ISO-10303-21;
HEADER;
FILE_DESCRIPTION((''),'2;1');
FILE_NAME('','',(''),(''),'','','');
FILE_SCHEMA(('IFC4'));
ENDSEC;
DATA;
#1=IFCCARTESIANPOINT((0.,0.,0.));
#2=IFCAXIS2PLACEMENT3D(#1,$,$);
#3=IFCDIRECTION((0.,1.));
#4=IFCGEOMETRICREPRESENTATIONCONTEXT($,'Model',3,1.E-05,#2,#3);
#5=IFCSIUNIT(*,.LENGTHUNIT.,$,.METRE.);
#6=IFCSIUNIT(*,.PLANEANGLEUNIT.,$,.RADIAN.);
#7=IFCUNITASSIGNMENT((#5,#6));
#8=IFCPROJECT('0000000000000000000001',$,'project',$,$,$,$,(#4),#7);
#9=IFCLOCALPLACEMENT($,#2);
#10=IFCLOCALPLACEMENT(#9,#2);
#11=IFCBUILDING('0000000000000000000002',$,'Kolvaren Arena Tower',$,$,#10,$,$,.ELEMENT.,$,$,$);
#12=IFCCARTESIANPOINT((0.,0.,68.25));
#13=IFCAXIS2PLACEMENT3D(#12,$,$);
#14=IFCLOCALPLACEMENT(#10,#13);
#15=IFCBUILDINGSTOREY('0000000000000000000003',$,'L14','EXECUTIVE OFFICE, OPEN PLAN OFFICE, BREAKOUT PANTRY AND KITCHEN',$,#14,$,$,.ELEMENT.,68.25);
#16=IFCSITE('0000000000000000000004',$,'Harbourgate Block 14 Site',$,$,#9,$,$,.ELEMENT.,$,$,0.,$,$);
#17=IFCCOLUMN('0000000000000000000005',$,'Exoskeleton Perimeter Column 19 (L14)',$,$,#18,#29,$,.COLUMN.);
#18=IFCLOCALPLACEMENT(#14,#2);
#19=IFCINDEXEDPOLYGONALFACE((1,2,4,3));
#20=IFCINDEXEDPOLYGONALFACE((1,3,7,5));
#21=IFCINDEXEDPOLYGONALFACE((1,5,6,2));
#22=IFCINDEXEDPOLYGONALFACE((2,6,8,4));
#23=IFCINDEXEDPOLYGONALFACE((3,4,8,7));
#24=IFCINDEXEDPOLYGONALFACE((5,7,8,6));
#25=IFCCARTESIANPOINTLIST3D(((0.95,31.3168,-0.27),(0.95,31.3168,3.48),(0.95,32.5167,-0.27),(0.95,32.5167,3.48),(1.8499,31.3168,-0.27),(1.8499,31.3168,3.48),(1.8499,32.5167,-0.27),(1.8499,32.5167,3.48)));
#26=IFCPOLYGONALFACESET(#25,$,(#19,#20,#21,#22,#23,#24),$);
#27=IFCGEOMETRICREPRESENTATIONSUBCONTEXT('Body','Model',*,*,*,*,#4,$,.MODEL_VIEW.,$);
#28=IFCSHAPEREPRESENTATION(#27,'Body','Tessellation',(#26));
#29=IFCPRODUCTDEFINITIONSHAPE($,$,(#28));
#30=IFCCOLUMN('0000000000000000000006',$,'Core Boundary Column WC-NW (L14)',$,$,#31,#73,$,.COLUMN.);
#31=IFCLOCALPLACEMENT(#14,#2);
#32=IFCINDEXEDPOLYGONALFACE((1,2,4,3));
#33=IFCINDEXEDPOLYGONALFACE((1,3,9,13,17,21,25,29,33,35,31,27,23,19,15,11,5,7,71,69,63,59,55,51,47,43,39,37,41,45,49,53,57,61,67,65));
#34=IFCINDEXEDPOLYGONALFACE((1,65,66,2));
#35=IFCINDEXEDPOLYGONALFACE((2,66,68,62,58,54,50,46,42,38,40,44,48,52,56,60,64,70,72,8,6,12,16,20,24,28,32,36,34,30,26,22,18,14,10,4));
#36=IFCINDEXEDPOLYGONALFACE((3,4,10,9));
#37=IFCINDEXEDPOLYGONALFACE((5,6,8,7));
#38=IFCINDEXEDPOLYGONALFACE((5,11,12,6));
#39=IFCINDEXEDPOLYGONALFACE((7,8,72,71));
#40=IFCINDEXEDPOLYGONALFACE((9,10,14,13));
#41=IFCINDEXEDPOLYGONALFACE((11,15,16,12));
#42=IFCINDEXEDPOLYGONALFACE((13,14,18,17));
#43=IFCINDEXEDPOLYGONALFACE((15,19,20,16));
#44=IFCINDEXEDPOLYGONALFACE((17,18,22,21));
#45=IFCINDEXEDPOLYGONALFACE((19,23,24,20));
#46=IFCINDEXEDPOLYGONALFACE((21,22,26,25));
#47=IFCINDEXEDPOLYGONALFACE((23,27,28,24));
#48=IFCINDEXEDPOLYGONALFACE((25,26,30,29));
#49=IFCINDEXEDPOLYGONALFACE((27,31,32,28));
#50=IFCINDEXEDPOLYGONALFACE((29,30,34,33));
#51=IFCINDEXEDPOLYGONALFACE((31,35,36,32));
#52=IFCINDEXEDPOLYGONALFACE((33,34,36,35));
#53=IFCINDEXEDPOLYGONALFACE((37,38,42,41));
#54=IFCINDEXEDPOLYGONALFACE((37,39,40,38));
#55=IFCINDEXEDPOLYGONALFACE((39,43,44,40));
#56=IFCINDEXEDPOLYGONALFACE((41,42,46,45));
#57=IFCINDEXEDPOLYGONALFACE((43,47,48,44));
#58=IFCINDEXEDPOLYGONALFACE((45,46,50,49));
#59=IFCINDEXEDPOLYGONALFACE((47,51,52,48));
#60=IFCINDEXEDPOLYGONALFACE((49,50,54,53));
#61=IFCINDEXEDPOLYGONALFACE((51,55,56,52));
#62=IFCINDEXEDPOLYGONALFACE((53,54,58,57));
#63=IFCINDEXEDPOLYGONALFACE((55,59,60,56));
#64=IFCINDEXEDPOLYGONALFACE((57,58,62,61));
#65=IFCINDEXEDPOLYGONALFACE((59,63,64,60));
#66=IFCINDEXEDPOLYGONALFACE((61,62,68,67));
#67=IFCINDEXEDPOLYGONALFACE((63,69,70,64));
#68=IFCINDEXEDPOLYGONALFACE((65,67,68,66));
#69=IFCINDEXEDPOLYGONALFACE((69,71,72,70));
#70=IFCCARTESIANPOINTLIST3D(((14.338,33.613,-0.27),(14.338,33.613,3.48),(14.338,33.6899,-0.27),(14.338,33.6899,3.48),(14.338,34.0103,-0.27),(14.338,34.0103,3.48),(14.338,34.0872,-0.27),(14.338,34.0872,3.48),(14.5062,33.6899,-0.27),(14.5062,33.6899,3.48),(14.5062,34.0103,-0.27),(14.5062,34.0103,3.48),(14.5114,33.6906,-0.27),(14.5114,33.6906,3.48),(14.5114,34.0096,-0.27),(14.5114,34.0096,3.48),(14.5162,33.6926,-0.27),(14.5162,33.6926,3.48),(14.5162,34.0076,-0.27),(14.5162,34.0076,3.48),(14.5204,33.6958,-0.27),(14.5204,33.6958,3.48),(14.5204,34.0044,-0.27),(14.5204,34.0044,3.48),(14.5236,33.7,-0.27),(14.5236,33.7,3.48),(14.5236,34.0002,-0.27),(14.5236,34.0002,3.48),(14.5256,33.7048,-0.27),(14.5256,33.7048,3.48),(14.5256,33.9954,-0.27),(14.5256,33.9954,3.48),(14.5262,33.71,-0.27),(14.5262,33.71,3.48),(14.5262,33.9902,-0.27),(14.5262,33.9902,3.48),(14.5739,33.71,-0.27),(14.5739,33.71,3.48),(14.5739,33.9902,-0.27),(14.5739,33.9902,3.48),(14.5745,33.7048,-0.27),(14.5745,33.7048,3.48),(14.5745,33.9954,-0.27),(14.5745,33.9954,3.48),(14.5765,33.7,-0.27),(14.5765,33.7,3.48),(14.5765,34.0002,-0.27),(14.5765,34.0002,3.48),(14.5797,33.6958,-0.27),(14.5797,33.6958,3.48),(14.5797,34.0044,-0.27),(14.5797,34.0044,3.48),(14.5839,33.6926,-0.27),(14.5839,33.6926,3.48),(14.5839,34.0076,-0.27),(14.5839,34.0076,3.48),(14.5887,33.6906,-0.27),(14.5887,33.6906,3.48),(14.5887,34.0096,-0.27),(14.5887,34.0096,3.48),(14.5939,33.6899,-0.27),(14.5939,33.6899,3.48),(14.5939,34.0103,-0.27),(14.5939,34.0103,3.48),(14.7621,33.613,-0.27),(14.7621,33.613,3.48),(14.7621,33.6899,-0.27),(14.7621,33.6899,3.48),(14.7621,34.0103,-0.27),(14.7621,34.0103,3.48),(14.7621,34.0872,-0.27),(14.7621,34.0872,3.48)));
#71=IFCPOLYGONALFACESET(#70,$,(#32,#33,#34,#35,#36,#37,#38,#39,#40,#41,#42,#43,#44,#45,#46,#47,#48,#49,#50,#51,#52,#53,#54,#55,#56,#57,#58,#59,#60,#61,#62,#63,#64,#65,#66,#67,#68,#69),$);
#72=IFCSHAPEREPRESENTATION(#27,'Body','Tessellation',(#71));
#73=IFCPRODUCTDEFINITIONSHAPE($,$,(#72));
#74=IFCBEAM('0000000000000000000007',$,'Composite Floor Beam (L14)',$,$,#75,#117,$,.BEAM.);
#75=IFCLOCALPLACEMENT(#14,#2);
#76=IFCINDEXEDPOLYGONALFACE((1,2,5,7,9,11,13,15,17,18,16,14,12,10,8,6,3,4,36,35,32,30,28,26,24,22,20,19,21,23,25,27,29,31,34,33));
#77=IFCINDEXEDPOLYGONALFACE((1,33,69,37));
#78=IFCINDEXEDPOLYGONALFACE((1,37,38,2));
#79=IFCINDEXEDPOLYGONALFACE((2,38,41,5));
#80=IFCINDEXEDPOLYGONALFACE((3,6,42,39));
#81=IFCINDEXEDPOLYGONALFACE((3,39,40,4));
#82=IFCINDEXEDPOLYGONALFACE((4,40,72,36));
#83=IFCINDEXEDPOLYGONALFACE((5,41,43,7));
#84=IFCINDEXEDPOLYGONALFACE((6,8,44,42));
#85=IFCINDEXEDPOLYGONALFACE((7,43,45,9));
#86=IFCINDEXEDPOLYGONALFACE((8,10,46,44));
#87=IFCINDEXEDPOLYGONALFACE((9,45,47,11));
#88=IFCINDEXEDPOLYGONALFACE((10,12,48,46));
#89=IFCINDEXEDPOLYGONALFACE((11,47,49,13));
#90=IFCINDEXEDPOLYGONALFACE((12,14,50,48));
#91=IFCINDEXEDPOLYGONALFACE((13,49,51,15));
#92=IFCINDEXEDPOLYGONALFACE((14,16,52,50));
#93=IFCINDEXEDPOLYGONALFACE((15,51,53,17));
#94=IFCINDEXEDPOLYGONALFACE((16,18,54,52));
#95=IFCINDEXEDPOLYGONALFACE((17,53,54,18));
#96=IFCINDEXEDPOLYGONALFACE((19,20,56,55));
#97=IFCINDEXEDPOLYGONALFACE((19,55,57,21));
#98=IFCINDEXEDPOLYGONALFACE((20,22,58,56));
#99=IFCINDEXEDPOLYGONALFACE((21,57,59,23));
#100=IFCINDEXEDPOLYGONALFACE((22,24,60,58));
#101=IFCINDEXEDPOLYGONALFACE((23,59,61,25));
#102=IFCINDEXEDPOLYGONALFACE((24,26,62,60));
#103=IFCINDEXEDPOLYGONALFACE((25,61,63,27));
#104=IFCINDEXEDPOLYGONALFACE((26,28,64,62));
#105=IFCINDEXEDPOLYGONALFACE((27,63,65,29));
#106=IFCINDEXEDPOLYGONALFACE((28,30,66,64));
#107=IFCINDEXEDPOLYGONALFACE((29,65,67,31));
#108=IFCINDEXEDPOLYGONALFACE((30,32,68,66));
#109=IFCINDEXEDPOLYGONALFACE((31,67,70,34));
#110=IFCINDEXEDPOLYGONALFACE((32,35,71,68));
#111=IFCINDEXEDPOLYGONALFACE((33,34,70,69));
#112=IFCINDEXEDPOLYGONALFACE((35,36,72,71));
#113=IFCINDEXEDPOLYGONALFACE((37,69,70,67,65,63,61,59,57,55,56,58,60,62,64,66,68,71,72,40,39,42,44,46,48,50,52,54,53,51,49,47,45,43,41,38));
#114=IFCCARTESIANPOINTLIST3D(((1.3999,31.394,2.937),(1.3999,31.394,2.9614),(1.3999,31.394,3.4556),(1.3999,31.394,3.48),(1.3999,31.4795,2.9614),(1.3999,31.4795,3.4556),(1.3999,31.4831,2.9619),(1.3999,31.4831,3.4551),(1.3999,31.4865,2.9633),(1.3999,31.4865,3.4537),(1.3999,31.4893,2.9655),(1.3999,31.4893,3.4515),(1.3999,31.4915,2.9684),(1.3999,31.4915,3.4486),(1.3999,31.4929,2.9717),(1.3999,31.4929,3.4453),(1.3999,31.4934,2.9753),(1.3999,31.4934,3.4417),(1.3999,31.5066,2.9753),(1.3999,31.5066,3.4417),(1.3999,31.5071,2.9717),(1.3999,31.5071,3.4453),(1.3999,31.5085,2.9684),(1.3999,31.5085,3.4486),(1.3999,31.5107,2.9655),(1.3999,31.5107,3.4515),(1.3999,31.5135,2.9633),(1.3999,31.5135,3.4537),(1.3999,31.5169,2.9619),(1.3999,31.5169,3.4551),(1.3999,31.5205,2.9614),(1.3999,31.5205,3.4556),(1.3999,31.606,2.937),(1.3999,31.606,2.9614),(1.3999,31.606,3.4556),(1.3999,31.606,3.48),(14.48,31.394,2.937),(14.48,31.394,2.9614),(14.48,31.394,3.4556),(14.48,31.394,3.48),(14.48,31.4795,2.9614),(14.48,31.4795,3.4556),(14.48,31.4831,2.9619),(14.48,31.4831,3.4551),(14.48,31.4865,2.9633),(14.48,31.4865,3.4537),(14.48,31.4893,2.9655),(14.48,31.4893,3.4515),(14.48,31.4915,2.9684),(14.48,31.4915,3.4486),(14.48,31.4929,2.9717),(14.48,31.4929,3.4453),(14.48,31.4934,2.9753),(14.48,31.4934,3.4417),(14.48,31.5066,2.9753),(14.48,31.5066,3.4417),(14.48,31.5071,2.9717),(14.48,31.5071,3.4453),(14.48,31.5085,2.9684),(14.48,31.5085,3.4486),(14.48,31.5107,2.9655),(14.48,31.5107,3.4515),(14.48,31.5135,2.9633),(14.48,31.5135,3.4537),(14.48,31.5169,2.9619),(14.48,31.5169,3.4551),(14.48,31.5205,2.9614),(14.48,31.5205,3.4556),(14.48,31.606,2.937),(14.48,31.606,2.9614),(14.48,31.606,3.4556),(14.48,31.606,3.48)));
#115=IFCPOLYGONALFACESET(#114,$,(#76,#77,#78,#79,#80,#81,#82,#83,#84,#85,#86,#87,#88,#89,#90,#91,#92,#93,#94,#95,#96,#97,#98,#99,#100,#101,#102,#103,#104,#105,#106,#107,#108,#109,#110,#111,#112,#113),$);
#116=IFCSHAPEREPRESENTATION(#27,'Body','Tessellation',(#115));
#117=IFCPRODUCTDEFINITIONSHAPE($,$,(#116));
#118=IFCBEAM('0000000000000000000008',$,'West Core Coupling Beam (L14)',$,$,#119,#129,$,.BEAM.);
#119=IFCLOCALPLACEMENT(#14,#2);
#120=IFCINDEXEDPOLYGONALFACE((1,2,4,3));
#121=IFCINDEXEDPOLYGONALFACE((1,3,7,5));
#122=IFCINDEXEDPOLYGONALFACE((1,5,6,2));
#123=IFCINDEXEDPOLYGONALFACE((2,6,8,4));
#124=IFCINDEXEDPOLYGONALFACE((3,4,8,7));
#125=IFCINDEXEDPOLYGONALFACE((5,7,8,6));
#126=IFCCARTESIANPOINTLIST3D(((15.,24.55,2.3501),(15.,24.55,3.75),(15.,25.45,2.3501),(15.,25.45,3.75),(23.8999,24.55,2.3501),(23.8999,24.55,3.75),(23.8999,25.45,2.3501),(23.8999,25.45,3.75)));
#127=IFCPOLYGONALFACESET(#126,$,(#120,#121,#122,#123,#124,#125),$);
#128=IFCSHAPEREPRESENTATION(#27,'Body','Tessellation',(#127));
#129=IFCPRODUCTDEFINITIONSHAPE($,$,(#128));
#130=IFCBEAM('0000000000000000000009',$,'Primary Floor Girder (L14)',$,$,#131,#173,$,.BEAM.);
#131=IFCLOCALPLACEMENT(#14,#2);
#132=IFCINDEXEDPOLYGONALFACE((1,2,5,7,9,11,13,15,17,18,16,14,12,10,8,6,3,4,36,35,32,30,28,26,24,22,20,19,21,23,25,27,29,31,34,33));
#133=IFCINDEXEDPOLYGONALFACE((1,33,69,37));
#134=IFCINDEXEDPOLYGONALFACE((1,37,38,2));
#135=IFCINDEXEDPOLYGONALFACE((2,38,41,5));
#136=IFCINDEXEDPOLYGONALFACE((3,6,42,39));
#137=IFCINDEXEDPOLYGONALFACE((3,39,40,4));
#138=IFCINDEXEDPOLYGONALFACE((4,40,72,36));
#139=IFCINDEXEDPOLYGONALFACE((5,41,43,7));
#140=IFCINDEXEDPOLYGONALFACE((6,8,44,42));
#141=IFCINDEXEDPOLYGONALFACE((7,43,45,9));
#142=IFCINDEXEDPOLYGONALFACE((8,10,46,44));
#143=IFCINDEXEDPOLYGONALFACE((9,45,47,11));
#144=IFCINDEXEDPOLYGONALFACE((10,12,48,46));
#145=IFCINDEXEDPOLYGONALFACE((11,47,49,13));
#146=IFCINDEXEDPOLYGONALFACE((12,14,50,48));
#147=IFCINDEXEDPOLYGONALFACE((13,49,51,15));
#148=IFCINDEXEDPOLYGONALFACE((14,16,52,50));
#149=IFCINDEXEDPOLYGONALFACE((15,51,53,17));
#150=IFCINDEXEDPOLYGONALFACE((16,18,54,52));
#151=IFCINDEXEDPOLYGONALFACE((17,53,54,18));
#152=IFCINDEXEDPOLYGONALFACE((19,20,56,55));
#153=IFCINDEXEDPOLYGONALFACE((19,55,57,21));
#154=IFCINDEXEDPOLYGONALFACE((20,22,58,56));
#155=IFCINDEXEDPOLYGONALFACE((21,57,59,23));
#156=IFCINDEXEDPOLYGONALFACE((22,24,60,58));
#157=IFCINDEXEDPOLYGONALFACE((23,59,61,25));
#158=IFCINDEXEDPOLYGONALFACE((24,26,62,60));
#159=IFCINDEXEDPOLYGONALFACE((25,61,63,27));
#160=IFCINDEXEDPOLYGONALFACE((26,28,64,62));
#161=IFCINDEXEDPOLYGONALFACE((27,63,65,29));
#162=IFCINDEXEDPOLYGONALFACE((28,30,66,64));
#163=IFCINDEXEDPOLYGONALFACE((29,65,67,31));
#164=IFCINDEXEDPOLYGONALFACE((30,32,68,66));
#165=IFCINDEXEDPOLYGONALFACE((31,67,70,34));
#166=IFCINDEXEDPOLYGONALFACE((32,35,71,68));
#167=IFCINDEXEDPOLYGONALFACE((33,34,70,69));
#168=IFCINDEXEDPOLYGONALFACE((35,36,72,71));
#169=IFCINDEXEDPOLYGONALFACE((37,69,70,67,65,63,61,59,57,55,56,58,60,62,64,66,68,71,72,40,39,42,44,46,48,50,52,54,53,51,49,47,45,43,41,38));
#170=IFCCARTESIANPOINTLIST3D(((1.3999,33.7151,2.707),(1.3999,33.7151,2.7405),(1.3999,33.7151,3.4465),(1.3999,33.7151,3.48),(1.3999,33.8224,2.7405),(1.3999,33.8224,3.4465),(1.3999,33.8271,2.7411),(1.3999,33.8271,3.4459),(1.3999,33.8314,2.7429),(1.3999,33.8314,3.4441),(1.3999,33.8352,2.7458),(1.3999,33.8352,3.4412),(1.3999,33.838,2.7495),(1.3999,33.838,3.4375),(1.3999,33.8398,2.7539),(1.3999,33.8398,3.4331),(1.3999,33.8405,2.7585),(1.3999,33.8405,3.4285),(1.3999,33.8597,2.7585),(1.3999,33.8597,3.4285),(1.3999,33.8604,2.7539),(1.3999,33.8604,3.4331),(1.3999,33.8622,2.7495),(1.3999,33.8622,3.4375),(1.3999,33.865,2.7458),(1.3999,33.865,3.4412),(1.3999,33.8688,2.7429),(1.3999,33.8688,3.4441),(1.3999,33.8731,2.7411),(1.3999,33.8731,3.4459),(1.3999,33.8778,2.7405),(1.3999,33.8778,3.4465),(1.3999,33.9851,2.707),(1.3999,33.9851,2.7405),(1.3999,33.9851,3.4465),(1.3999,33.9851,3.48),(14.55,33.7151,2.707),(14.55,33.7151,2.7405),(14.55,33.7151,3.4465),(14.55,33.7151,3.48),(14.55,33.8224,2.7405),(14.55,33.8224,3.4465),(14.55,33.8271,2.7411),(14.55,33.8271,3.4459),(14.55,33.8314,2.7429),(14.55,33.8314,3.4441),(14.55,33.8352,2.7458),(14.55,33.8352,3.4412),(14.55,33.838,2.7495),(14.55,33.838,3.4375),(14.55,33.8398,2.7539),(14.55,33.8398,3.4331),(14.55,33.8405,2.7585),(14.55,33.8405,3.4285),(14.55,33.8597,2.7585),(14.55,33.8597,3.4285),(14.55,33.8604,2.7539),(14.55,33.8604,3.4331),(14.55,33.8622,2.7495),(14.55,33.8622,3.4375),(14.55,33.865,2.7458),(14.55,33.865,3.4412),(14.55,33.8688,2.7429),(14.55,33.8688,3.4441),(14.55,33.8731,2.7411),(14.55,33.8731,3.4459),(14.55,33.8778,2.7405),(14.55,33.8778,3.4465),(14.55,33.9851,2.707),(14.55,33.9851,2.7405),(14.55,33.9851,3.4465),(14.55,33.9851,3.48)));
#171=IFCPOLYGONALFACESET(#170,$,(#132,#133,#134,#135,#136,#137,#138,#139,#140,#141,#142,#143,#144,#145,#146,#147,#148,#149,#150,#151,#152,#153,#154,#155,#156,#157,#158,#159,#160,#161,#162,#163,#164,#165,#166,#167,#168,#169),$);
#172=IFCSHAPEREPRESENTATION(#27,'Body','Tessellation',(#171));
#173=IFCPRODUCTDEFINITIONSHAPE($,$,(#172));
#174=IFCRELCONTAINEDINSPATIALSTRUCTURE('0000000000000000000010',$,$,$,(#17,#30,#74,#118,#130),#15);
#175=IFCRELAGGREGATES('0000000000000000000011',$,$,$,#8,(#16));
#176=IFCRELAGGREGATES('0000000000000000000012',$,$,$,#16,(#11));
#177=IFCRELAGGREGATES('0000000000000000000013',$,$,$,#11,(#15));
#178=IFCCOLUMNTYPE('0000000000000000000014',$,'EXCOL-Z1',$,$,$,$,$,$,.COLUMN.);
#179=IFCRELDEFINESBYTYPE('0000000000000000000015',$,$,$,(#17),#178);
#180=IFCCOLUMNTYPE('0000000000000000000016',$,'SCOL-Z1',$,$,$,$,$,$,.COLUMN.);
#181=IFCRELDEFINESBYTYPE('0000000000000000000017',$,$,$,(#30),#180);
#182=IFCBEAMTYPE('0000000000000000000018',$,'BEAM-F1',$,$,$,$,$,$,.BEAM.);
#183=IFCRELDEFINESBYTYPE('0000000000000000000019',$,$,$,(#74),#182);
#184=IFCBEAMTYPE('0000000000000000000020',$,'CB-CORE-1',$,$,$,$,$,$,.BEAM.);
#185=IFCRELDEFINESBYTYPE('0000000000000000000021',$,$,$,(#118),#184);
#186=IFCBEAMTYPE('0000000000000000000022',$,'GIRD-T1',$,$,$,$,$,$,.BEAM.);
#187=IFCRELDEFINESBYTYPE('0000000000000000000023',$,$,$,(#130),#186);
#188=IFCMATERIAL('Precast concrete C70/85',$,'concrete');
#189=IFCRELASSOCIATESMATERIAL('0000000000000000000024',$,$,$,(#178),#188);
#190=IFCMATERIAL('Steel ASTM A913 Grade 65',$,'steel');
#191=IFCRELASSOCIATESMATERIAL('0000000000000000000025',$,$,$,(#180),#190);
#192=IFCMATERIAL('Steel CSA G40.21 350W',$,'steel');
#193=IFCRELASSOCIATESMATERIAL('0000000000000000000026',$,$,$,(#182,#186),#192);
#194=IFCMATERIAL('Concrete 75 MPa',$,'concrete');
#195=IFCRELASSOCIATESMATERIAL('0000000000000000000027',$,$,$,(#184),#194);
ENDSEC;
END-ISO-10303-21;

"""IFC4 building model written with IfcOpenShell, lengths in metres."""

from ifc_helpers import new_model, si_unit, direction, frame, origin, origin_2d, place, context, subcontext, project, spatial, rectangle, i_section, extrude, material, material_profile, profile_set, type_object, element, save


model = new_model("IFC4")

# Units and contexts
model_context = context("Model", 3, precision=1e-05, world=origin(), true_north=direction((0.0, 1.0)))
body_context = subcontext(model_context, "Body", "Model", "MODEL_VIEW")
ifc_project = project(units=[si_unit("LENGTHUNIT", "METRE"), si_unit("PLANEANGLEUNIT", "RADIAN")], contexts=[model_context])

# Site, building, storey
site_placement = place(None, origin())
site = spatial("IfcSite", under=ifc_project, at=site_placement, Name="Harbourgate Block 14 Site", CompositionType="ELEMENT", RefElevation=0.0)
building_placement = place(site_placement, origin())
building = spatial("IfcBuilding", under=site, at=building_placement, Name="Kolvaren Arena Tower", CompositionType="ELEMENT")
storey_placement = place(building_placement, frame((0.0, 0.0, 68.25)))
storey = spatial("IfcBuildingStorey", under=building, at=storey_placement, Name="L14", Description="EXECUTIVE OFFICE, OPEN PLAN OFFICE, BREAKOUT PANTRY AND KITCHEN", CompositionType="ELEMENT", Elevation=68.25)

# Columns
ifc_material_1 = material(Name="Precast concrete C70/85", Category="concrete")
ifc_material_profile_1 = material_profile(ifc_material_1, rectangle(XDim=1.2, YDim=0.8999, at=origin_2d()), Name="RC-1200x900")
ifc_profile_set_1 = profile_set([ifc_material_profile_1], Name="Precast concrete C70/85")
column_type_1 = type_object("IfcColumnType", Name="EXCOL-Z1", PredefinedType="COLUMN", material=ifc_profile_set_1)
column_1_placement = place(storey_placement, frame((1.3999, 31.9167, -0.27), z_axis=(0.0, 0.0, 1.0), x_axis=(0.0, 1.0, 0.0)))
element("IfcColumn", 1, at=column_1_placement, inside=storey, type_object=column_type_1, Name="Exoskeleton Perimeter Column 19 (L14)", PredefinedType="COLUMN", context=body_context, shape_type="SweptSolid", body=[
    extrude(rectangle(XDim=1.2, YDim=0.8999, at=origin_2d()), origin(), (0.0, 0.0, 1.0), 3.75),
])
ifc_material_2 = material(Name="Steel ASTM A913 Grade 65", Category="steel")
ifc_material_profile_2 = material_profile(ifc_material_2, i_section(OverallWidth=0.4241, OverallDepth=0.4741, WebThickness=0.0476, FlangeThickness=0.0769, FilletRadius=0.02, at=origin_2d()), Name="W360x634")
ifc_profile_set_2 = profile_set([ifc_material_profile_2], Name="Steel ASTM A913 Grade 65")
column_type_2 = type_object("IfcColumnType", Name="SCOL-Z1", PredefinedType="COLUMN", material=ifc_profile_set_2)
column_2_placement = place(storey_placement, frame((14.55, 33.8501, -0.27), z_axis=(0.0, 0.0, 1.0), x_axis=(1.0, 0.0, 0.0)))
element("IfcColumn", 2, at=column_2_placement, inside=storey, type_object=column_type_2, Name="Core Boundary Column WC-NW (L14)", PredefinedType="COLUMN", context=body_context, shape_type="SweptSolid", body=[
    extrude(i_section(OverallWidth=0.4241, OverallDepth=0.4741, WebThickness=0.0476, FlangeThickness=0.0769, FilletRadius=0.02, at=origin_2d()), origin(), (0.0, 0.0, 1.0), 3.75),
])

# Beams
ifc_material_3 = material(Name="Steel CSA G40.21 350W", Category="steel")
ifc_material_profile_3 = material_profile(ifc_material_3, i_section(OverallWidth=0.2119, OverallDepth=0.543, WebThickness=0.0132, FlangeThickness=0.0244, FilletRadius=0.0139, at=origin_2d()), Name="W530x150")
ifc_profile_set_3 = profile_set([ifc_material_profile_3], Name="Steel CSA G40.21 350W")
beam_type_1 = type_object("IfcBeamType", Name="BEAM-F1", PredefinedType="BEAM", material=ifc_profile_set_3)
beam_1_placement = place(storey_placement, frame((1.3999, 31.5, 3.2085), z_axis=(1.0, 0.0, 0.0), x_axis=(0.0, 1.0, 0.0)))
element("IfcBeam", 3, at=beam_1_placement, inside=storey, type_object=beam_type_1, Name="Composite Floor Beam (L14)", PredefinedType="BEAM", context=body_context, shape_type="SweptSolid", body=[
    extrude(i_section(OverallWidth=0.2119, OverallDepth=0.543, WebThickness=0.0132, FlangeThickness=0.0244, FilletRadius=0.0139, at=origin_2d()), origin(), (0.0, 0.0, 1.0), 13.0801),
])
ifc_material_4 = material(Name="Concrete 75 MPa", Category="concrete")
ifc_material_profile_4 = material_profile(ifc_material_4, rectangle(XDim=0.8999, YDim=1.3999, at=origin_2d()), Name="RC-900x1400")
ifc_profile_set_4 = profile_set([ifc_material_profile_4], Name="Concrete 75 MPa")
beam_type_2 = type_object("IfcBeamType", Name="CB-CORE-1", PredefinedType="BEAM", material=ifc_profile_set_4)
beam_2_placement = place(storey_placement, frame((15.0, 25.0, 3.05), z_axis=(1.0, 0.0, 0.0), x_axis=(0.0, 1.0, 0.0)))
element("IfcBeam", 4, at=beam_2_placement, inside=storey, type_object=beam_type_2, Name="West Core Coupling Beam (L14)", PredefinedType="BEAM", context=body_context, shape_type="SweptSolid", body=[
    extrude(rectangle(XDim=0.8999, YDim=1.3999, at=origin_2d()), origin(), (0.0, 0.0, 1.0), 8.8999),
])
ifc_material_profile_5 = material_profile(ifc_material_3, i_section(OverallWidth=0.27, OverallDepth=0.7729, WebThickness=0.0193, FlangeThickness=0.0334, FilletRadius=0.0181, at=origin_2d()), Name="W760x257")
ifc_profile_set_5 = profile_set([ifc_material_profile_5], Name="Steel CSA G40.21 350W")
beam_type_3 = type_object("IfcBeamType", Name="GIRD-T1", PredefinedType="BEAM", material=ifc_profile_set_5)
beam_3_placement = place(storey_placement, frame((1.3999, 33.8501, 3.0935), z_axis=(1.0, 0.0, 0.0), x_axis=(0.0, 1.0, 0.0)))
element("IfcBeam", 5, at=beam_3_placement, inside=storey, type_object=beam_type_3, Name="Primary Floor Girder (L14)", PredefinedType="BEAM", context=body_context, shape_type="SweptSolid", body=[
    extrude(i_section(OverallWidth=0.27, OverallDepth=0.7729, WebThickness=0.0193, FlangeThickness=0.0334, FilletRadius=0.0181, at=origin_2d()), origin(), (0.0, 0.0, 1.0), 13.1501),
])

save(model, "model.ifc")
